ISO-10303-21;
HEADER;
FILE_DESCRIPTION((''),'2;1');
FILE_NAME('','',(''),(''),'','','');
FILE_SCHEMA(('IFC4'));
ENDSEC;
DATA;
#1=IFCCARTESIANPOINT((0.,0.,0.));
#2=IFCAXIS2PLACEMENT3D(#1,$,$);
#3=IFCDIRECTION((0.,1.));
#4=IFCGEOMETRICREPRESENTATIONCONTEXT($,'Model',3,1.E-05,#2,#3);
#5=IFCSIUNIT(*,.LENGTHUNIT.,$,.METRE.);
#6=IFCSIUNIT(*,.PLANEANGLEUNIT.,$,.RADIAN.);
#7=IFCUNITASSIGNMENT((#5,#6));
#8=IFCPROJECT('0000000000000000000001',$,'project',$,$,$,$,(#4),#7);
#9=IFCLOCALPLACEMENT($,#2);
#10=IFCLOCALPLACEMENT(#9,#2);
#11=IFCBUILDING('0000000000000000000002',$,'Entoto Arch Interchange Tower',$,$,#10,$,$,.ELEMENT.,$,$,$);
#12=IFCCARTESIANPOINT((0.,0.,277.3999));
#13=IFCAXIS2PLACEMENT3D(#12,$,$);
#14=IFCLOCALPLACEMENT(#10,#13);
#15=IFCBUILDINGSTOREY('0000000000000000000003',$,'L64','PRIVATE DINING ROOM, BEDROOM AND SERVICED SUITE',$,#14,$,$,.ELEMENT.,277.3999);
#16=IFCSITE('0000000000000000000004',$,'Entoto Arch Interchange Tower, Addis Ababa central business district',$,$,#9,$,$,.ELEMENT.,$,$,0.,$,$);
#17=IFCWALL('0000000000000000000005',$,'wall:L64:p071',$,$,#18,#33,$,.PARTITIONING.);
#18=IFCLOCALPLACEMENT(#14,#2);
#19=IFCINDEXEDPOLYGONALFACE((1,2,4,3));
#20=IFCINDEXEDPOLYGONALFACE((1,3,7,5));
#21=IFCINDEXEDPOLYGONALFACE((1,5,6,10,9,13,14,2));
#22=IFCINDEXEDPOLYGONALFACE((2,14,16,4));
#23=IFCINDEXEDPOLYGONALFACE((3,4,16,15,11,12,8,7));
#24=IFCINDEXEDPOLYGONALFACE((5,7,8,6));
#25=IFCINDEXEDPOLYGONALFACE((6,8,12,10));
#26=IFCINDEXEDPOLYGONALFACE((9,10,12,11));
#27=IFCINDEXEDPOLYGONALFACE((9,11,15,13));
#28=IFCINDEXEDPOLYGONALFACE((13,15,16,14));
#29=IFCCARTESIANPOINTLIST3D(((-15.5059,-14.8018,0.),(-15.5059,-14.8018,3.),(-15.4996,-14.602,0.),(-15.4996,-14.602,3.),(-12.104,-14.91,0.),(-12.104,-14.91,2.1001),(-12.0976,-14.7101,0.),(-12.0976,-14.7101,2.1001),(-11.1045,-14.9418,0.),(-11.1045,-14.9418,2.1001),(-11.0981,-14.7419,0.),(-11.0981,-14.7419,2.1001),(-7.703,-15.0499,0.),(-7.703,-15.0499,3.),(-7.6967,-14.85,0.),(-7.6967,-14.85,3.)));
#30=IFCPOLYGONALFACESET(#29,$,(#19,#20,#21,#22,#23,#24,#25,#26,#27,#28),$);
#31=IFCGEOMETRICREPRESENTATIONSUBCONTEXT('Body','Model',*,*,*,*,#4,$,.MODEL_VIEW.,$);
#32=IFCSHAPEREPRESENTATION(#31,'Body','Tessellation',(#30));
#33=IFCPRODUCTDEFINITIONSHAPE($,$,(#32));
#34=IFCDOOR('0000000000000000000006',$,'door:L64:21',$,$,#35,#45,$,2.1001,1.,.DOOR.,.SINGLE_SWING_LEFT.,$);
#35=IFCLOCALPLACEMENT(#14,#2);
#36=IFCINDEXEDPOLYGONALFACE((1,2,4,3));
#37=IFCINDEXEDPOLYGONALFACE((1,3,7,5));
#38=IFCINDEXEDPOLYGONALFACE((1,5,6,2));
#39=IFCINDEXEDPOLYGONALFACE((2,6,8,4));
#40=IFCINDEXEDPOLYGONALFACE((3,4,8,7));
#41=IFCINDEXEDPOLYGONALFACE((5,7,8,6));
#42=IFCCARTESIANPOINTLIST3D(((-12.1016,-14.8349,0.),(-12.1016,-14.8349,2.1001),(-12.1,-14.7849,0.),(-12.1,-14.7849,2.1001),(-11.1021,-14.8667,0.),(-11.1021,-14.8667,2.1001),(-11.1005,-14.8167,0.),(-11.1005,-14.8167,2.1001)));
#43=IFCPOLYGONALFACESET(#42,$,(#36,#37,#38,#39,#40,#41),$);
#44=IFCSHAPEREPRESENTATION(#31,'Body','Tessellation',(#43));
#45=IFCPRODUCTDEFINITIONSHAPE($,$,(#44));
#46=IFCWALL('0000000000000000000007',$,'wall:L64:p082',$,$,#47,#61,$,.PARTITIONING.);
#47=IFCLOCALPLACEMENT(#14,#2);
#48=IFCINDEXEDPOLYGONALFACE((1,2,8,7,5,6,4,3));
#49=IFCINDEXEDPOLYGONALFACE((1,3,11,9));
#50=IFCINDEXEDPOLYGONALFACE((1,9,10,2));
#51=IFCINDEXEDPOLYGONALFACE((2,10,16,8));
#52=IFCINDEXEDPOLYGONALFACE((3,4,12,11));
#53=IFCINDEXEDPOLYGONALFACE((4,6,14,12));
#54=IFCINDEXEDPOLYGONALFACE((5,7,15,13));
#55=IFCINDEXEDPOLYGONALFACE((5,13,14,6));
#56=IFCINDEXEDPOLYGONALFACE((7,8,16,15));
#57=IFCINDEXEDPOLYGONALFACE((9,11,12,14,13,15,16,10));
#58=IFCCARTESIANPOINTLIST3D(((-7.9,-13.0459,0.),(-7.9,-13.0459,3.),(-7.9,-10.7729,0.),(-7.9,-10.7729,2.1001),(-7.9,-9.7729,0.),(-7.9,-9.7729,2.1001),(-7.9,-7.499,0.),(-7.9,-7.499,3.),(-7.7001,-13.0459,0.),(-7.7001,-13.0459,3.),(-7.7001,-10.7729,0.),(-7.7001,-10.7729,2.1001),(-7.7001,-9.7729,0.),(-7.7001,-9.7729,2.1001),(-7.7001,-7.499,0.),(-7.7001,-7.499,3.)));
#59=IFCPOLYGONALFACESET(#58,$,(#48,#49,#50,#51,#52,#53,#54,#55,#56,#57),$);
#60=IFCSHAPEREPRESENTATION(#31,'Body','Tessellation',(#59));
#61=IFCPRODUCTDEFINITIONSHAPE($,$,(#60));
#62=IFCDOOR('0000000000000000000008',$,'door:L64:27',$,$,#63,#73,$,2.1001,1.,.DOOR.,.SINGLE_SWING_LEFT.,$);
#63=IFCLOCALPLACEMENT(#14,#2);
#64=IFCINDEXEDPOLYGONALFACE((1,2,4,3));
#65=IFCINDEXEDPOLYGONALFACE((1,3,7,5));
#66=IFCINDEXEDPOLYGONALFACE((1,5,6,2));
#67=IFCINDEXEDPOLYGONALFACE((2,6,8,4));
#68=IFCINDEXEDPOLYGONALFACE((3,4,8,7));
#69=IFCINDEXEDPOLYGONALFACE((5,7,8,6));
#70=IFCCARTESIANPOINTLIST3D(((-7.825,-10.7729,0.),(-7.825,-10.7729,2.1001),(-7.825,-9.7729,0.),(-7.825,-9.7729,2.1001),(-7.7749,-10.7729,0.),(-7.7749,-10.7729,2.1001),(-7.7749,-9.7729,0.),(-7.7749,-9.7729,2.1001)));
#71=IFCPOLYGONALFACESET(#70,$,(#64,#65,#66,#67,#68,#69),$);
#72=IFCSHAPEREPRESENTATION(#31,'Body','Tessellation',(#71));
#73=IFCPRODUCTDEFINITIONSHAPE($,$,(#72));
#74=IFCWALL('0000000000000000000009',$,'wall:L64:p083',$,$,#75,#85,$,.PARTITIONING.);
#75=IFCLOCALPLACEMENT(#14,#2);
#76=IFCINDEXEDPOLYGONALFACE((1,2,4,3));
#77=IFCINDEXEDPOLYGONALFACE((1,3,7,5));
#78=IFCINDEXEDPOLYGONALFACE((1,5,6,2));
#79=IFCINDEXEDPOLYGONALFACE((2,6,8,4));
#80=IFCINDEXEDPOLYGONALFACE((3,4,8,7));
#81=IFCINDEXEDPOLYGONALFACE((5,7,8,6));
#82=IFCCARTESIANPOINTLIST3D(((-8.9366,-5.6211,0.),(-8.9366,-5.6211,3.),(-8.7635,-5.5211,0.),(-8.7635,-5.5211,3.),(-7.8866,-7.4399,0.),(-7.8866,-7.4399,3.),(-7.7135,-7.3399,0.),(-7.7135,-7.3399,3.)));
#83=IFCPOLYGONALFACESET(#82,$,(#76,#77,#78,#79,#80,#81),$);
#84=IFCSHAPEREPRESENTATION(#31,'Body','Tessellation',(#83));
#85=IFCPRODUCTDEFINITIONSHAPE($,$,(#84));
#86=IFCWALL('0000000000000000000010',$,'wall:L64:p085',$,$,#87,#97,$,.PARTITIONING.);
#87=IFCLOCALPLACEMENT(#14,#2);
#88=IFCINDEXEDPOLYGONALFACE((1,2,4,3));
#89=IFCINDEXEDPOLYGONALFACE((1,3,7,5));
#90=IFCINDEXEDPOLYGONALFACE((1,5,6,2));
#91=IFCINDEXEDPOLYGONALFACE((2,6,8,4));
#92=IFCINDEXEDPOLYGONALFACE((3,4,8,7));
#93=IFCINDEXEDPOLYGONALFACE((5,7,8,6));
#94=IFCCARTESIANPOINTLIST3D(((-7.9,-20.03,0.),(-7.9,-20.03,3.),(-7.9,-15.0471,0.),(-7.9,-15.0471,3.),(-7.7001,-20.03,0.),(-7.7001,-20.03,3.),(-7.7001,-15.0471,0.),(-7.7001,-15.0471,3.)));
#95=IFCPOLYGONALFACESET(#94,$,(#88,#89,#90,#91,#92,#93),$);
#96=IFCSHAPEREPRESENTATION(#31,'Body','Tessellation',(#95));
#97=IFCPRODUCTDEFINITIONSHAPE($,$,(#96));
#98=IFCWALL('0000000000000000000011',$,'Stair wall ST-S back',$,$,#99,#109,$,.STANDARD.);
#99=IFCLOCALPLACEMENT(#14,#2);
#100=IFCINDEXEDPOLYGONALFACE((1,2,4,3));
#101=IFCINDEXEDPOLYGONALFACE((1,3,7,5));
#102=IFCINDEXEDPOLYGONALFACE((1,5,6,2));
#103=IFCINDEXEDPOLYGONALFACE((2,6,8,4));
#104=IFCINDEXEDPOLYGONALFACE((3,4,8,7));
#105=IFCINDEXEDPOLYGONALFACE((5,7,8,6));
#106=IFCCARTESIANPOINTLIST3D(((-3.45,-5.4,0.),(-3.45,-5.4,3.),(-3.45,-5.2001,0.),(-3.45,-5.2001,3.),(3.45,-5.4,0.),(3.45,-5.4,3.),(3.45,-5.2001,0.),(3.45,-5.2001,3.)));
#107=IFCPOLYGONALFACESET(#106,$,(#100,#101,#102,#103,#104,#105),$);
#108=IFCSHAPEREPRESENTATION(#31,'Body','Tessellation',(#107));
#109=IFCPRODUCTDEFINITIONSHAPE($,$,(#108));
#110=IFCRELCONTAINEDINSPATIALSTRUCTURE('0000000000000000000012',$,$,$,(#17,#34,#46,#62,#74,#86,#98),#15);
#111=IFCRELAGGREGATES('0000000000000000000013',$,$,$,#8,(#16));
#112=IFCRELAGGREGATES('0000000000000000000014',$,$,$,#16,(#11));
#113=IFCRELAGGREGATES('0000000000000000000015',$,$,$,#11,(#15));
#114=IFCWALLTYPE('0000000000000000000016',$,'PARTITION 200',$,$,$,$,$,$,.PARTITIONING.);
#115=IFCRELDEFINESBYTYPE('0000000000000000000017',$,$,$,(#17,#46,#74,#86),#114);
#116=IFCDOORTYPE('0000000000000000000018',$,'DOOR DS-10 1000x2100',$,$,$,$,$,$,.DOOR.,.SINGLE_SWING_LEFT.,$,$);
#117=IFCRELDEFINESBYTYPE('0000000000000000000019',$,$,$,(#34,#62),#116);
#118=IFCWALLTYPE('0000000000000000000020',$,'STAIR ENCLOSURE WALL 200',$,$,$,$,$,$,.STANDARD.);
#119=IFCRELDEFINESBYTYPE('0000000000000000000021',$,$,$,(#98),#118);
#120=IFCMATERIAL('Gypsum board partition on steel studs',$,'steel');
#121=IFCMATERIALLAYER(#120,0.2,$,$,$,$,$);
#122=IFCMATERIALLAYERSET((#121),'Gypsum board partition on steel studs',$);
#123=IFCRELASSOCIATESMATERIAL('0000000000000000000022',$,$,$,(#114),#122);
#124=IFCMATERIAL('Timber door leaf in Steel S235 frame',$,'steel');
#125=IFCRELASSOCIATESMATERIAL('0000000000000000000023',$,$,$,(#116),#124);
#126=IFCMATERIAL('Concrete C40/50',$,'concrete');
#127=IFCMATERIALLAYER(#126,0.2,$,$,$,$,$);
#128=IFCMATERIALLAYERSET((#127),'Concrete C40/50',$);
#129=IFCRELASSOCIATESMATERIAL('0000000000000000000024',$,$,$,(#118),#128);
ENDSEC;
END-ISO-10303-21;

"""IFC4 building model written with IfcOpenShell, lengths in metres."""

from ifc_helpers import new_model, si_unit, direction, frame, frame_2d, origin, place, context, subcontext, project, spatial, rectangle, extrude, material, layer, layer_set, type_object, element, fill, save


model = new_model("IFC4")

# Units and contexts
model_context = context("Model", 3, precision=1e-05, world=origin(), true_north=direction((0.0, 1.0)))
body_context = subcontext(model_context, "Body", "Model", "MODEL_VIEW")
ifc_project = project(units=[si_unit("LENGTHUNIT", "METRE"), si_unit("PLANEANGLEUNIT", "RADIAN")], contexts=[model_context])

# Site, building, storey
site_placement = place(None, origin())
site = spatial("IfcSite", under=ifc_project, at=site_placement, Name="Entoto Arch Interchange Tower, Addis Ababa central business district", CompositionType="ELEMENT", RefElevation=0.0)
building_placement = place(site_placement, origin())
building = spatial("IfcBuilding", under=site, at=building_placement, Name="Entoto Arch Interchange Tower", CompositionType="ELEMENT")
storey_placement = place(building_placement, frame((0.0, 0.0, 277.3999)))
storey = spatial("IfcBuildingStorey", under=building, at=storey_placement, Name="L64", Description="PRIVATE DINING ROOM, BEDROOM AND SERVICED SUITE", CompositionType="ELEMENT", Elevation=277.3999)

# Shared definitions
ifc_material_1 = material(Name="Concrete C40/50", Category="concrete")

# Walls, openings, doors
ifc_material_2 = material(Name="Gypsum board partition on steel studs", Category="steel")
ifc_layer_1 = layer(ifc_material_2, 0.2)
ifc_layer_set_1 = layer_set([ifc_layer_1], Name="Gypsum board partition on steel studs")
wall_type_1 = type_object("IfcWallType", Name="PARTITION 200", PredefinedType="PARTITIONING", material=ifc_layer_set_1)
wall_1_placement = place(storey_placement, frame((-7.7, -14.95, 0.0), z_axis=(0.0, 0.0, 1.0), x_axis=(-0.999495, 0.031773, 0.0)))
wall_1 = element("IfcWall", 1, at=wall_1_placement, inside=storey, type_object=wall_type_1, Name="wall:L64:p071", PredefinedType="PARTITIONING", context=body_context, shape_type="SweptSolid", body=[
    extrude(rectangle(XDim=7.8069, YDim=0.2, at=frame_2d((3.9033, 0.0))), origin(), (0.0, 0.0, 1.0), 3.0),
])
opening_1_placement = place(wall_1_placement, frame((3.4031, 0.0, 0.0)))
opening_1 = element("IfcOpeningElement", 2, at=opening_1_placement, cuts=wall_1, PredefinedType="OPENING", context=body_context, shape_type="SweptSolid", body=[
    extrude(rectangle(XDim=1.0, YDim=2.1001, at=frame_2d((0.5, 1.05))), frame((0.0, 0.1099, 0.0), z_axis=(0.0, -1.0, 0.0), x_axis=(1.0, 0.0, 0.0)), (0.0, 0.0, 1.0), 0.22),
])
ifc_material_3 = material(Name="Timber door leaf in Steel S235 frame", Category="steel")
door_type = type_object("IfcDoorType", Name="DOOR DS-10 1000x2100", OperationType="SINGLE_SWING_LEFT", PredefinedType="DOOR", material=ifc_material_3)
door_1_placement = place(opening_1_placement, origin())
door_1 = element("IfcDoor", 3, at=door_1_placement, inside=storey, type_object=door_type, Name="door:L64:21", OperationType="SINGLE_SWING_LEFT", OverallHeight=2.1001, OverallWidth=1.0, PredefinedType="DOOR", context=body_context, shape_type="SweptSolid", body=[
    extrude(rectangle(XDim=1.0, YDim=2.1001, at=frame_2d((0.5, 1.05))), frame((0.0, 0.0249, 0.0), z_axis=(0.0, -1.0, 0.0), x_axis=(1.0, 0.0, 0.0)), (0.0, 0.0, 1.0), 0.05),
])
fill(opening_1, door_1)
wall_2_placement = place(storey_placement, frame((-7.8, -13.0459, 0.0), z_axis=(0.0, 0.0, 1.0), x_axis=(0.0, 1.0, 0.0)))
wall_2 = element("IfcWall", 4, at=wall_2_placement, inside=storey, type_object=wall_type_1, Name="wall:L64:p082", PredefinedType="PARTITIONING", context=body_context, shape_type="SweptSolid", body=[
    extrude(rectangle(XDim=5.5469, YDim=0.2, at=frame_2d((2.7734, 0.0))), origin(), (0.0, 0.0, 1.0), 3.0),
])
opening_2_placement = place(wall_2_placement, frame((2.2729, 0.0, 0.0)))
opening_2 = element("IfcOpeningElement", 5, at=opening_2_placement, cuts=wall_2, PredefinedType="OPENING", context=body_context, shape_type="SweptSolid", body=[
    extrude(rectangle(XDim=1.0, YDim=2.1001, at=frame_2d((0.5, 1.05))), frame((0.0, 0.1099, 0.0), z_axis=(0.0, -1.0, 0.0), x_axis=(1.0, 0.0, 0.0)), (0.0, 0.0, 1.0), 0.22),
])
door_2_placement = place(opening_2_placement, origin())
door_2 = element("IfcDoor", 6, at=door_2_placement, inside=storey, type_object=door_type, Name="door:L64:27", OperationType="SINGLE_SWING_LEFT", OverallHeight=2.1001, OverallWidth=1.0, PredefinedType="DOOR", context=body_context, shape_type="SweptSolid", body=[
    extrude(rectangle(XDim=1.0, YDim=2.1001, at=frame_2d((0.5, 1.05))), frame((0.0, 0.0249, 0.0), z_axis=(0.0, -1.0, 0.0), x_axis=(1.0, 0.0, 0.0)), (0.0, 0.0, 1.0), 0.05),
])
fill(opening_2, door_2)

# Walls
wall_3_placement = place(storey_placement, frame((-7.8, -7.3899, 0.0), z_axis=(0.0, 0.0, 1.0), x_axis=(-0.499977, 0.866038, 0.0)))
element("IfcWall", 7, at=wall_3_placement, inside=storey, type_object=wall_type_1, Name="wall:L64:p083", PredefinedType="PARTITIONING", context=body_context, shape_type="SweptSolid", body=[
    extrude(rectangle(XDim=2.1001, YDim=0.2, at=frame_2d((1.05, 0.0))), origin(), (0.0, 0.0, 1.0), 3.0),
])
wall_4_placement = place(storey_placement, frame((-7.8, -20.03, 0.0), z_axis=(0.0, 0.0, 1.0), x_axis=(0.0, 1.0, 0.0)))
element("IfcWall", 8, at=wall_4_placement, inside=storey, type_object=wall_type_1, Name="wall:L64:p085", PredefinedType="PARTITIONING", context=body_context, shape_type="SweptSolid", body=[
    extrude(rectangle(XDim=4.9829, YDim=0.2, at=frame_2d((2.4915, 0.0))), origin(), (0.0, 0.0, 1.0), 3.0),
])
ifc_layer_2 = layer(ifc_material_1, 0.2)
ifc_layer_set_2 = layer_set([ifc_layer_2], Name="Concrete C40/50")
wall_type_2 = type_object("IfcWallType", Name="STAIR ENCLOSURE WALL 200", PredefinedType="STANDARD", material=ifc_layer_set_2)
wall_5_placement = place(storey_placement, frame((-3.45, -5.3, 0.0), z_axis=(0.0, 0.0, 1.0), x_axis=(1.0, 0.0, 0.0)))
element("IfcWall", 9, at=wall_5_placement, inside=storey, type_object=wall_type_2, Name="Stair wall ST-S back", PredefinedType="STANDARD", context=body_context, shape_type="SweptSolid", body=[
    extrude(rectangle(XDim=6.8999, YDim=0.2, at=frame_2d((3.45, 0.0))), origin(), (0.0, 0.0, 1.0), 3.0),
])

save(model, "model.ifc")
